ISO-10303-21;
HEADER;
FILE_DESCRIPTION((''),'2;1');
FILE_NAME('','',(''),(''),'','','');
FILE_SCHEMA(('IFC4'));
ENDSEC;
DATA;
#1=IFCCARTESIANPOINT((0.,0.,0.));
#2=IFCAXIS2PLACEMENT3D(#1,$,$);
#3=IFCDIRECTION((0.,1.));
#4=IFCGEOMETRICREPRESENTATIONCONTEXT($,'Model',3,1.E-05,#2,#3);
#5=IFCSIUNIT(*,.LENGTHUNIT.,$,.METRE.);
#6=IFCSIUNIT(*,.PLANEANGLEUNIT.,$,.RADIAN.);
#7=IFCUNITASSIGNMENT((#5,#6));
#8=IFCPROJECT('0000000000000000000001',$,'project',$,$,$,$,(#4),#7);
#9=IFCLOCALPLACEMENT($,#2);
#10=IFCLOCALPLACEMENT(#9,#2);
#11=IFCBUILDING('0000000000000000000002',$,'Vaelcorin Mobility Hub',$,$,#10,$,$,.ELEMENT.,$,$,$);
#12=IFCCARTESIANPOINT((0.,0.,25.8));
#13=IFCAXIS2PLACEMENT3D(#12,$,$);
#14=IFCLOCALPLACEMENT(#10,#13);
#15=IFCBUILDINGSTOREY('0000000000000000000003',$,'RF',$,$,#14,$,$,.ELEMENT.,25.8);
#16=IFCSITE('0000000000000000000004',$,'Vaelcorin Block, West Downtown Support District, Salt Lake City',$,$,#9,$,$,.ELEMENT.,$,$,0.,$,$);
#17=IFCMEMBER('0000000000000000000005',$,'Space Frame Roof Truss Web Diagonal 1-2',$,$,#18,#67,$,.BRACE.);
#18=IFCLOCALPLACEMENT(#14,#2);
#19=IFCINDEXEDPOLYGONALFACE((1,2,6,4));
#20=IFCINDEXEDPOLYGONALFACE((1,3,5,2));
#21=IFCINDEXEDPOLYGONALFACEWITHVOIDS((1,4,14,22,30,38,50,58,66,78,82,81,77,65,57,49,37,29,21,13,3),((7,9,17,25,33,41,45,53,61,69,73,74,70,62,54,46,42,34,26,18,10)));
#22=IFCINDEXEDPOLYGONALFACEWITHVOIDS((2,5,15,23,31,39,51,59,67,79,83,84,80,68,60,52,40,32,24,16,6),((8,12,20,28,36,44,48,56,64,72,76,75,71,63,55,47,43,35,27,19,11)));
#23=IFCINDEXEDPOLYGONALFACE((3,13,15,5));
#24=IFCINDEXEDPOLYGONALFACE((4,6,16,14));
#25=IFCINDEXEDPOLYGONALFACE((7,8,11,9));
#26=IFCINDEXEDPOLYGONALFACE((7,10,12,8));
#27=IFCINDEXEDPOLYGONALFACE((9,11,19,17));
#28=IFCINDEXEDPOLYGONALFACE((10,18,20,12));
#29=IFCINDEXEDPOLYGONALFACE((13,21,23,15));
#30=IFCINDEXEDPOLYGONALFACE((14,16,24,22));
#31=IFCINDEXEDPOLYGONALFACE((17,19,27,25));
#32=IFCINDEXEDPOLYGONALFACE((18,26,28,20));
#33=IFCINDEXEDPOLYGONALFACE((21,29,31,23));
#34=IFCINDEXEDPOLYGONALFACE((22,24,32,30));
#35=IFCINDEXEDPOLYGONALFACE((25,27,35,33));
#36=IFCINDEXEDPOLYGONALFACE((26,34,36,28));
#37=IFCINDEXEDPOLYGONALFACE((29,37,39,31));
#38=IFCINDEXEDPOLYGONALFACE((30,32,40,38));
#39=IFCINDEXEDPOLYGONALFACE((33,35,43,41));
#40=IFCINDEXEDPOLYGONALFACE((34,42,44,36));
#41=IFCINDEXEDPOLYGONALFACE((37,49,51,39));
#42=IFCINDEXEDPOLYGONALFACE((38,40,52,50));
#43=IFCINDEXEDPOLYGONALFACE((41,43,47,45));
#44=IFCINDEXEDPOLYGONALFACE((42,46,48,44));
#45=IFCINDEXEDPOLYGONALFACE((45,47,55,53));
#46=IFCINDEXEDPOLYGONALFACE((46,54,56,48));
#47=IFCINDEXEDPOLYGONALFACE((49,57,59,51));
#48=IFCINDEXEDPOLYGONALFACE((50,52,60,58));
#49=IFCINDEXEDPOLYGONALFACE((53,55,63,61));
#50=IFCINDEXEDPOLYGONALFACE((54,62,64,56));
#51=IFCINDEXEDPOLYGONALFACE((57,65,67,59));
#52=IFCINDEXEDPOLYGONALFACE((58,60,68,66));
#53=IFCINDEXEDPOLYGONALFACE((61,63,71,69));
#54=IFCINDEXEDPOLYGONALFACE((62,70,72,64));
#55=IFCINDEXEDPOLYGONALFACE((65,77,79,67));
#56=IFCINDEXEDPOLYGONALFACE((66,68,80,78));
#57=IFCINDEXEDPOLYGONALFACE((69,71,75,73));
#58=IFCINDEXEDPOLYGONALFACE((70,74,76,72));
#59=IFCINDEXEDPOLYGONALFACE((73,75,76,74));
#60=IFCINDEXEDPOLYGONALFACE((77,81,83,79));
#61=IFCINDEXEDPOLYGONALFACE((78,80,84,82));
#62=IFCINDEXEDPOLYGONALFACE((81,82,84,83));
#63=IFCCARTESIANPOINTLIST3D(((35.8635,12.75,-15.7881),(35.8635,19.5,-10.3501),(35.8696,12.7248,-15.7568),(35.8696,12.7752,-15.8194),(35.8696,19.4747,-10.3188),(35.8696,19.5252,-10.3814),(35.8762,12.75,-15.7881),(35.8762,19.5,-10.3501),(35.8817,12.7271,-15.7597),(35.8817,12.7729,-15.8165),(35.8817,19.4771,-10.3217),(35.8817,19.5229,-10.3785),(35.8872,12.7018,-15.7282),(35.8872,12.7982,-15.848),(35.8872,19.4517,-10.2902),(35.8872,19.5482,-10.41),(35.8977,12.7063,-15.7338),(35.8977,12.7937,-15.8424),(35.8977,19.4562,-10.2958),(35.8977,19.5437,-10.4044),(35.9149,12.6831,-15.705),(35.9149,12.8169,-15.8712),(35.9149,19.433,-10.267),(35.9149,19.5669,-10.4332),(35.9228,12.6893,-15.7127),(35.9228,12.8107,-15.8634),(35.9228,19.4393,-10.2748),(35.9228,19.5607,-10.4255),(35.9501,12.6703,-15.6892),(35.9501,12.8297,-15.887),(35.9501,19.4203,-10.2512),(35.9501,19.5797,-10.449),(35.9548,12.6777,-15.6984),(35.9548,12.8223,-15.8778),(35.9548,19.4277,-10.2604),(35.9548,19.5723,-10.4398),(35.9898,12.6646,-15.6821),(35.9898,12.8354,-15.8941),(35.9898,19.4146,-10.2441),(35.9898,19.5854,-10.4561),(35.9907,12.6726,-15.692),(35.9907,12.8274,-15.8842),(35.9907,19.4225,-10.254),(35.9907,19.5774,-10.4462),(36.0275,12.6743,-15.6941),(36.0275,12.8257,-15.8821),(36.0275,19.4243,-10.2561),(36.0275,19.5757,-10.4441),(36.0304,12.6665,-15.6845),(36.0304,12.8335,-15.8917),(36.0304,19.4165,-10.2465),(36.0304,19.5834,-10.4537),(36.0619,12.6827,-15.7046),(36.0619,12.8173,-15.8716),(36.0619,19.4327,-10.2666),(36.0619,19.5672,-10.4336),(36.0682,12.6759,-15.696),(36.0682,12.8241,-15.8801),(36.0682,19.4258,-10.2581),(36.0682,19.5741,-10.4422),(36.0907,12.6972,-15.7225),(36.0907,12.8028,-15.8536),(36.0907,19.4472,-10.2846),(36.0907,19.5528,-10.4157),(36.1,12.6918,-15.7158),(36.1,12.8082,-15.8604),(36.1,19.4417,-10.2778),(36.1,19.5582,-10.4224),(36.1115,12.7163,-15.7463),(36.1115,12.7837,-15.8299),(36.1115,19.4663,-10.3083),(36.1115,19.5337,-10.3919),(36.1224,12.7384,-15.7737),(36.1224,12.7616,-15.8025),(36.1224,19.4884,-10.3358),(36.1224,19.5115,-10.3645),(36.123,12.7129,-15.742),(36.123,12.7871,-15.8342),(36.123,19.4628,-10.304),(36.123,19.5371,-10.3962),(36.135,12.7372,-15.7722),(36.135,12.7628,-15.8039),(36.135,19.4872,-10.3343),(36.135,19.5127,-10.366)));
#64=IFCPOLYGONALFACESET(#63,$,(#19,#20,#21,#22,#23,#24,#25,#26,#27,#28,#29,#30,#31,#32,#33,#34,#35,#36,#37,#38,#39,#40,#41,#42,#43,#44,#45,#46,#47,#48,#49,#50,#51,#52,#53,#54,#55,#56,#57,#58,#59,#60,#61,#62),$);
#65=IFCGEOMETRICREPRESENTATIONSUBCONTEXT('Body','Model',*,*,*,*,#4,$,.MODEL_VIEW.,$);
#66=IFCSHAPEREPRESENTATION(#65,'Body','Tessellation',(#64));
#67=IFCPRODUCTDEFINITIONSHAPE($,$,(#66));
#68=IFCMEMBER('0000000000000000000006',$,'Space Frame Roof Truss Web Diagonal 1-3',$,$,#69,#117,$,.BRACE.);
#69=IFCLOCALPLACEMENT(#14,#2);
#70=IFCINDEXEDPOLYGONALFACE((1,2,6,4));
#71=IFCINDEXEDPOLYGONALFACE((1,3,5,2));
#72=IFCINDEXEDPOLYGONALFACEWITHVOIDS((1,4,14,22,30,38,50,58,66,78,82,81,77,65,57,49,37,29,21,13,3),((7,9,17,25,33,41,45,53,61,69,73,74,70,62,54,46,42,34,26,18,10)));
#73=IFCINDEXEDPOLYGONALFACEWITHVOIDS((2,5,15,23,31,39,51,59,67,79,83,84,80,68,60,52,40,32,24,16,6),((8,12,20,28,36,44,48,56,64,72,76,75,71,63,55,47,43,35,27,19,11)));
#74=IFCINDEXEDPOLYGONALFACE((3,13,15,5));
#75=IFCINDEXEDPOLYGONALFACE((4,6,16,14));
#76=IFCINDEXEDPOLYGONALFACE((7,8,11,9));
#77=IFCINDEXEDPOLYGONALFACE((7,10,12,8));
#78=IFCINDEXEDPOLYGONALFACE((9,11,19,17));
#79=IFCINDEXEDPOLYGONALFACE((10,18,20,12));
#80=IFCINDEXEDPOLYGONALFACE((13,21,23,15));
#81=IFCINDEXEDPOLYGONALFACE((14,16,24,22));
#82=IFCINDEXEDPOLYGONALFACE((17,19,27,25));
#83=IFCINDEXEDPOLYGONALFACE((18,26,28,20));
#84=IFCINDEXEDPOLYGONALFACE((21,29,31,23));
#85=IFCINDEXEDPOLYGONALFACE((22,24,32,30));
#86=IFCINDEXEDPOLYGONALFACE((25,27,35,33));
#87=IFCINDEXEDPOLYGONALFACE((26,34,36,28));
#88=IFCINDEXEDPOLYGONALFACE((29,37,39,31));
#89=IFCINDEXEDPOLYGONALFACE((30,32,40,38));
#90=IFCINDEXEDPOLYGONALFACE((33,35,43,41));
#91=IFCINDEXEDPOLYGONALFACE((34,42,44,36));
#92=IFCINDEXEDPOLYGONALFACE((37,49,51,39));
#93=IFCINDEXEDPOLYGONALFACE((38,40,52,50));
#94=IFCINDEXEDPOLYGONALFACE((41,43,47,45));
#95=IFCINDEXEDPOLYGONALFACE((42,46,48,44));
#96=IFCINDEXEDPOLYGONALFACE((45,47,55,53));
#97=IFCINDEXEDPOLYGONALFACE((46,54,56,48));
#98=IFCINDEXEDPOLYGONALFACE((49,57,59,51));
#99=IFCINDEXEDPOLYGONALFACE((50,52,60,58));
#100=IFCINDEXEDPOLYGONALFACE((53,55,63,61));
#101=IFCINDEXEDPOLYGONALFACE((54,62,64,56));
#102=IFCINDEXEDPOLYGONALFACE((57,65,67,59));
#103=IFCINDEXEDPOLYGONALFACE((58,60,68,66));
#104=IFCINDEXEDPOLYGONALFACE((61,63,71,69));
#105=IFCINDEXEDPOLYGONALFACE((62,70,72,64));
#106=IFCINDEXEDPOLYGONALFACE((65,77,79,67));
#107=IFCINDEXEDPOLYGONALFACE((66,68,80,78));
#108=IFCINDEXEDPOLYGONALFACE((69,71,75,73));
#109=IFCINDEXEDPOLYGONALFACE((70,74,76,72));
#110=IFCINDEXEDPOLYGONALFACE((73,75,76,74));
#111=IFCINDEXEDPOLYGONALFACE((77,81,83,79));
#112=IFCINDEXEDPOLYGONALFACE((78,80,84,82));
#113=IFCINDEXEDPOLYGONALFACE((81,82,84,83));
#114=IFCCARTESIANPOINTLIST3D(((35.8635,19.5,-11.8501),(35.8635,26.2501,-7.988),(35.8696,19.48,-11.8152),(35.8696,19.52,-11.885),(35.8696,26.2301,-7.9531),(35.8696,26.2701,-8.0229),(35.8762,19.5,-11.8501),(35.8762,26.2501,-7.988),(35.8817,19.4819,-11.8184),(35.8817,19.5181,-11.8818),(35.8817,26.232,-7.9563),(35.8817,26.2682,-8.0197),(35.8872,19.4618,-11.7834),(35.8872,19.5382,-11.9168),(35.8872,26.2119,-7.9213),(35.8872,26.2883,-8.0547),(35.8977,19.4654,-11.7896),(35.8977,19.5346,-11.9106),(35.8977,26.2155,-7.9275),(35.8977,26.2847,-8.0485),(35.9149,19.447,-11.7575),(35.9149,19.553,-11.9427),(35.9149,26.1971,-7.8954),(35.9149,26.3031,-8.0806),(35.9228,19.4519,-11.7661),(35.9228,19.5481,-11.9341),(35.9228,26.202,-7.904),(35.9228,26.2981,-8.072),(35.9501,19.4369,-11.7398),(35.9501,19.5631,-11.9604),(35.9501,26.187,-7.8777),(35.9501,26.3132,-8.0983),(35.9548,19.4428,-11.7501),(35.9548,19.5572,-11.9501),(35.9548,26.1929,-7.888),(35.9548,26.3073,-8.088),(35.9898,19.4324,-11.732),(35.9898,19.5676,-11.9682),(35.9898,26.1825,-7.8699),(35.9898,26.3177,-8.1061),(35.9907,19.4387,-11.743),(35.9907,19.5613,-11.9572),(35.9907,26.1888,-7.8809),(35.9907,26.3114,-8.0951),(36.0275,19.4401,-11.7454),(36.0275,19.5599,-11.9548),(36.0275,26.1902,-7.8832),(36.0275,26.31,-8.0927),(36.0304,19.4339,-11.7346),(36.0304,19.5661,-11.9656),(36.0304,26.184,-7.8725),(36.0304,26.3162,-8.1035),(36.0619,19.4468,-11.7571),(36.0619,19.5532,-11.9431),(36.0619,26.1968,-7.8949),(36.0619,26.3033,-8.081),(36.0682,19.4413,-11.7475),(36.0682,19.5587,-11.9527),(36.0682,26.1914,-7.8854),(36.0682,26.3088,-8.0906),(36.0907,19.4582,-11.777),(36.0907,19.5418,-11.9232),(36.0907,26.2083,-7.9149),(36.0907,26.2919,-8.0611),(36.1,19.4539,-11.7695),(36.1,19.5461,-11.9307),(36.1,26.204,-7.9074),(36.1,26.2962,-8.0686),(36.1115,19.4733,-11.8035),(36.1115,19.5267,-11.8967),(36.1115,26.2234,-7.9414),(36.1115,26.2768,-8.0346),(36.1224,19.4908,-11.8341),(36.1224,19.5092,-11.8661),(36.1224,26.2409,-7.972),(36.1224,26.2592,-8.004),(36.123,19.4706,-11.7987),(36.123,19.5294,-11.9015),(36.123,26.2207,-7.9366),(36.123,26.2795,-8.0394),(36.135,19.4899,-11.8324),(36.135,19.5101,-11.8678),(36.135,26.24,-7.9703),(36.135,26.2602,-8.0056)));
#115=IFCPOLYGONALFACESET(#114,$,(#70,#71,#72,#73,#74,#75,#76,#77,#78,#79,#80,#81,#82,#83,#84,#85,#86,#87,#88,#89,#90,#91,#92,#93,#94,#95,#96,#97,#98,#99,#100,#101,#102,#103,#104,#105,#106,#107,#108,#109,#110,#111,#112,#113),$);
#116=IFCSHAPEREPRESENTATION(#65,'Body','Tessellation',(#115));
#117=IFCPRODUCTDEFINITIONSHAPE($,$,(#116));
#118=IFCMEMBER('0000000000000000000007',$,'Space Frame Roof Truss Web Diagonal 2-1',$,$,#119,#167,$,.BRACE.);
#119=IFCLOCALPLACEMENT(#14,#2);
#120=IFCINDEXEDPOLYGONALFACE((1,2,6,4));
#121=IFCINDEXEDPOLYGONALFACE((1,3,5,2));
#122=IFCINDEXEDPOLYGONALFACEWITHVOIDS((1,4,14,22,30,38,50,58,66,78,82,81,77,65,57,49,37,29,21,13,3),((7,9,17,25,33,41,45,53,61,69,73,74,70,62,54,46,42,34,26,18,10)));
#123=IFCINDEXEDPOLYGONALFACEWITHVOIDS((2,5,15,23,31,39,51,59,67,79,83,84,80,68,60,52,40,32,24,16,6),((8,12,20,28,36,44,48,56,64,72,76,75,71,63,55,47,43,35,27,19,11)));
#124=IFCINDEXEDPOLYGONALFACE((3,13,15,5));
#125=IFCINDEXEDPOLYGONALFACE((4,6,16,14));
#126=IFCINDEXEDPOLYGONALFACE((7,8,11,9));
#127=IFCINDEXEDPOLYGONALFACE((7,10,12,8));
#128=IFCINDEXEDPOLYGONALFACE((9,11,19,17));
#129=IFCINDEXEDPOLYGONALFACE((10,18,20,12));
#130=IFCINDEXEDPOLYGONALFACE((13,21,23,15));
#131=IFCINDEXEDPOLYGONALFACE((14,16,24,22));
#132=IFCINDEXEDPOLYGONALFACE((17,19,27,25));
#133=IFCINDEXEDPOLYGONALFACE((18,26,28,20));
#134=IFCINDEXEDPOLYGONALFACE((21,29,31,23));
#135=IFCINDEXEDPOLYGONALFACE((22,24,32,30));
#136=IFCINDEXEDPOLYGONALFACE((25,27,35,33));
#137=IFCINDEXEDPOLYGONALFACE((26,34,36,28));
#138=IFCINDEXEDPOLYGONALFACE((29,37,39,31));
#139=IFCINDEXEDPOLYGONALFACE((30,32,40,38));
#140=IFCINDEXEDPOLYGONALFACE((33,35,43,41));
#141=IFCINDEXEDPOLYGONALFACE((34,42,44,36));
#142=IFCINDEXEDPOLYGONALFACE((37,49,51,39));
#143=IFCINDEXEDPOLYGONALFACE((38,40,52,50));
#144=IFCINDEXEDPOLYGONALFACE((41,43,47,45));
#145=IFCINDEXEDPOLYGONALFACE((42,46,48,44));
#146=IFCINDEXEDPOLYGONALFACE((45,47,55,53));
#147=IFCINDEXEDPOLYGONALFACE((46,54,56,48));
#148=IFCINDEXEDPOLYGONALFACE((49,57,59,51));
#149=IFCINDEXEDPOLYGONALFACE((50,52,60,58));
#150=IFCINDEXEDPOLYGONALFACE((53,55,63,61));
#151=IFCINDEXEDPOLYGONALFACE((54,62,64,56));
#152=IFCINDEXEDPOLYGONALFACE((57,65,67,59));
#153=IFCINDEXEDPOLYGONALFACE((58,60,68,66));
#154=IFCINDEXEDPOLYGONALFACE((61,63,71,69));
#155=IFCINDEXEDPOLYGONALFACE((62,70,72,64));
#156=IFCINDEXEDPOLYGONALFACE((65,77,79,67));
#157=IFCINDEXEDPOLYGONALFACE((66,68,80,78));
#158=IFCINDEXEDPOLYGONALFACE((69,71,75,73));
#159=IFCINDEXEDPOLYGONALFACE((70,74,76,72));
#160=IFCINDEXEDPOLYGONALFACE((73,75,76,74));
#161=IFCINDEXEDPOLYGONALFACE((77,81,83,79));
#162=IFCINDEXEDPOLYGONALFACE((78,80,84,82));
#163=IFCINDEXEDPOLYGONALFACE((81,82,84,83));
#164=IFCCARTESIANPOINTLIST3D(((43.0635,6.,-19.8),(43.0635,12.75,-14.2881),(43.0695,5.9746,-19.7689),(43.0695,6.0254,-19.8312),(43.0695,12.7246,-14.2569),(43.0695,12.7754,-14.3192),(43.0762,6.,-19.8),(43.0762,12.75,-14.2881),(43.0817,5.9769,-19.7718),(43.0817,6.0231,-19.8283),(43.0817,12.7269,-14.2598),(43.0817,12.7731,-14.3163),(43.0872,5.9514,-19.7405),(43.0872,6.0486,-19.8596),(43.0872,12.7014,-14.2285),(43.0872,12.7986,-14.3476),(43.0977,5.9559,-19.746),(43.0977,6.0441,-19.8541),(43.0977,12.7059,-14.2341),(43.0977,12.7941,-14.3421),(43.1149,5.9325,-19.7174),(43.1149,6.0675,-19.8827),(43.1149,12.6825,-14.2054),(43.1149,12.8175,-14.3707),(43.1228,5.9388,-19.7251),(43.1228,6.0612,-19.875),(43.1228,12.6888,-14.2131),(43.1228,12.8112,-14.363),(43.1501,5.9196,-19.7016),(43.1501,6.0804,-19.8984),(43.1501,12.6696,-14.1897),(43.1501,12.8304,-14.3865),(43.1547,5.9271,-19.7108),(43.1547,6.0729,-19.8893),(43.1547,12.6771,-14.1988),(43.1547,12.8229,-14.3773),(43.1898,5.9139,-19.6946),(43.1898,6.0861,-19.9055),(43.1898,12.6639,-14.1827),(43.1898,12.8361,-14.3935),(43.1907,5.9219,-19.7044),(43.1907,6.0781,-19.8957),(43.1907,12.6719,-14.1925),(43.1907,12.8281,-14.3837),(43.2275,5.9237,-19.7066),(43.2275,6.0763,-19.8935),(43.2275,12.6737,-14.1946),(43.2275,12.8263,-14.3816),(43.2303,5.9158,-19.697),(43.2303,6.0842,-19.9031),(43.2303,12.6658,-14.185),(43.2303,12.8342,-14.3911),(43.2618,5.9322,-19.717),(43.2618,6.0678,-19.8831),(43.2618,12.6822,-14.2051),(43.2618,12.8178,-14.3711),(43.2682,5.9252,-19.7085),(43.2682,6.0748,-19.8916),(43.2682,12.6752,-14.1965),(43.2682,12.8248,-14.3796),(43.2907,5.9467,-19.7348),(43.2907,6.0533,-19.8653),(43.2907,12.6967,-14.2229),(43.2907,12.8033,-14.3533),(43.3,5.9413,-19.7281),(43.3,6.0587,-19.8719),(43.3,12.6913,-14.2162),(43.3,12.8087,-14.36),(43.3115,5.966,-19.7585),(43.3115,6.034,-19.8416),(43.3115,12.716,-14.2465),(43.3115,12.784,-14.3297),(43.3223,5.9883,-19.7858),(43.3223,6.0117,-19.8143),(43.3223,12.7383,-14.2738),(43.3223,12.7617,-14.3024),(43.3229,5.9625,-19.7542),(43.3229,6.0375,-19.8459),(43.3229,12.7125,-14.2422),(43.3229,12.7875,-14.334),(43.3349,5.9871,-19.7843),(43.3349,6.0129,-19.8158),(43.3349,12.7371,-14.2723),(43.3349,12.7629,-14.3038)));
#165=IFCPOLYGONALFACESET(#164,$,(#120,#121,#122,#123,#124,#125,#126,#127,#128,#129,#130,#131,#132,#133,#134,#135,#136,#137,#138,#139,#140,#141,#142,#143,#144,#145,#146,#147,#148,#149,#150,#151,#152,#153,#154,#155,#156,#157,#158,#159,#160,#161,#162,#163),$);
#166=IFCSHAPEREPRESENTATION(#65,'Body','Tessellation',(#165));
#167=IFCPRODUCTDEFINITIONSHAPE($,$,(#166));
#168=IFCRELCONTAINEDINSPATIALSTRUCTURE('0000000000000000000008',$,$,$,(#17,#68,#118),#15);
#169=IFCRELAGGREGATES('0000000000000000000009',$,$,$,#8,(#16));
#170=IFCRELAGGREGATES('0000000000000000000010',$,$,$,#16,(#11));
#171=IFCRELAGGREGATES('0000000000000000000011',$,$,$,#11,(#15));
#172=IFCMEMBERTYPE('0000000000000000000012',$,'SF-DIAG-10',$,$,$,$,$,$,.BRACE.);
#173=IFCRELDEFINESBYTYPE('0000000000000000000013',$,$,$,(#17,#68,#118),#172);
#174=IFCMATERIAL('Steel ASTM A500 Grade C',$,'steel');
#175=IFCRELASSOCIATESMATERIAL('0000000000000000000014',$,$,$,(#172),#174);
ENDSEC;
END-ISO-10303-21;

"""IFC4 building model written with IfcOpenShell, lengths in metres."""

from ifc_helpers import new_model, si_unit, direction, frame, origin, origin_2d, place, context, subcontext, project, spatial, hollow_circle, extrude, material, material_profile, profile_set, type_object, element, save


model = new_model("IFC4")

# Units and contexts
model_context = context("Model", 3, precision=1e-05, world=origin(), true_north=direction((0.0, 1.0)))
body_context = subcontext(model_context, "Body", "Model", "MODEL_VIEW")
ifc_project = project(units=[si_unit("LENGTHUNIT", "METRE"), si_unit("PLANEANGLEUNIT", "RADIAN")], contexts=[model_context])

# Site, building, storey
site_placement = place(None, origin())
site = spatial("IfcSite", under=ifc_project, at=site_placement, Name="Vaelcorin Block, West Downtown Support District, Salt Lake City", CompositionType="ELEMENT", RefElevation=0.0)
building_placement = place(site_placement, origin())
building = spatial("IfcBuilding", under=site, at=building_placement, Name="Vaelcorin Mobility Hub", CompositionType="ELEMENT")
storey_placement = place(building_placement, frame((0.0, 0.0, 25.8)))
storey = spatial("IfcBuildingStorey", under=building, at=storey_placement, Name="RF", CompositionType="ELEMENT", Elevation=25.8)

# Members
ifc_material_1 = material(Name="Steel ASTM A500 Grade C", Category="steel")
ifc_material_profile_1 = material_profile(ifc_material_1, hollow_circle(Radius=0.1365, WallThickness=0.0127, at=origin_2d()), Name="HSS10.750X0.500")
ifc_profile_set_1 = profile_set([ifc_material_profile_1], Name="Steel ASTM A500 Grade C")
member_type_1 = type_object("IfcMemberType", Name="SF-DIAG-10", PredefinedType="BRACE", material=ifc_profile_set_1)
member_1_placement = place(storey_placement, frame((36.0, 12.75, -15.7881), z_axis=(0.0, 0.778726, 0.627364), x_axis=(-1.0, 0.0, 0.0)))
element("IfcMember", 1, at=member_1_placement, inside=storey, type_object=member_type_1, Name="Space Frame Roof Truss Web Diagonal 1-2", PredefinedType="BRACE", context=body_context, shape_type="SweptSolid", body=[
    extrude(hollow_circle(Radius=0.1365, WallThickness=0.0127, at=origin_2d()), origin(), (0.0, 0.0, 1.0), 8.668),
])
member_2_placement = place(storey_placement, frame((36.0, 19.5, -11.8501), z_axis=(0.0, 0.867971, 0.496616), x_axis=(-1.0, 0.0, 0.0)))
element("IfcMember", 2, at=member_2_placement, inside=storey, type_object=member_type_1, Name="Space Frame Roof Truss Web Diagonal 1-3", PredefinedType="BRACE", context=body_context, shape_type="SweptSolid", body=[
    extrude(hollow_circle(Radius=0.1365, WallThickness=0.0127, at=origin_2d()), origin(), (0.0, 0.0, 1.0), 7.7769),
])
member_3_placement = place(storey_placement, frame((43.2, 6.0, -19.8), z_axis=(0.0, 0.774562, 0.632498), x_axis=(-1.0, 0.0, 0.0)))
element("IfcMember", 3, at=member_3_placement, inside=storey, type_object=member_type_1, Name="Space Frame Roof Truss Web Diagonal 2-1", PredefinedType="BRACE", context=body_context, shape_type="SweptSolid", body=[
    extrude(hollow_circle(Radius=0.1365, WallThickness=0.0127, at=origin_2d()), origin(), (0.0, 0.0, 1.0), 8.7146),
])

save(model, "model.ifc")
